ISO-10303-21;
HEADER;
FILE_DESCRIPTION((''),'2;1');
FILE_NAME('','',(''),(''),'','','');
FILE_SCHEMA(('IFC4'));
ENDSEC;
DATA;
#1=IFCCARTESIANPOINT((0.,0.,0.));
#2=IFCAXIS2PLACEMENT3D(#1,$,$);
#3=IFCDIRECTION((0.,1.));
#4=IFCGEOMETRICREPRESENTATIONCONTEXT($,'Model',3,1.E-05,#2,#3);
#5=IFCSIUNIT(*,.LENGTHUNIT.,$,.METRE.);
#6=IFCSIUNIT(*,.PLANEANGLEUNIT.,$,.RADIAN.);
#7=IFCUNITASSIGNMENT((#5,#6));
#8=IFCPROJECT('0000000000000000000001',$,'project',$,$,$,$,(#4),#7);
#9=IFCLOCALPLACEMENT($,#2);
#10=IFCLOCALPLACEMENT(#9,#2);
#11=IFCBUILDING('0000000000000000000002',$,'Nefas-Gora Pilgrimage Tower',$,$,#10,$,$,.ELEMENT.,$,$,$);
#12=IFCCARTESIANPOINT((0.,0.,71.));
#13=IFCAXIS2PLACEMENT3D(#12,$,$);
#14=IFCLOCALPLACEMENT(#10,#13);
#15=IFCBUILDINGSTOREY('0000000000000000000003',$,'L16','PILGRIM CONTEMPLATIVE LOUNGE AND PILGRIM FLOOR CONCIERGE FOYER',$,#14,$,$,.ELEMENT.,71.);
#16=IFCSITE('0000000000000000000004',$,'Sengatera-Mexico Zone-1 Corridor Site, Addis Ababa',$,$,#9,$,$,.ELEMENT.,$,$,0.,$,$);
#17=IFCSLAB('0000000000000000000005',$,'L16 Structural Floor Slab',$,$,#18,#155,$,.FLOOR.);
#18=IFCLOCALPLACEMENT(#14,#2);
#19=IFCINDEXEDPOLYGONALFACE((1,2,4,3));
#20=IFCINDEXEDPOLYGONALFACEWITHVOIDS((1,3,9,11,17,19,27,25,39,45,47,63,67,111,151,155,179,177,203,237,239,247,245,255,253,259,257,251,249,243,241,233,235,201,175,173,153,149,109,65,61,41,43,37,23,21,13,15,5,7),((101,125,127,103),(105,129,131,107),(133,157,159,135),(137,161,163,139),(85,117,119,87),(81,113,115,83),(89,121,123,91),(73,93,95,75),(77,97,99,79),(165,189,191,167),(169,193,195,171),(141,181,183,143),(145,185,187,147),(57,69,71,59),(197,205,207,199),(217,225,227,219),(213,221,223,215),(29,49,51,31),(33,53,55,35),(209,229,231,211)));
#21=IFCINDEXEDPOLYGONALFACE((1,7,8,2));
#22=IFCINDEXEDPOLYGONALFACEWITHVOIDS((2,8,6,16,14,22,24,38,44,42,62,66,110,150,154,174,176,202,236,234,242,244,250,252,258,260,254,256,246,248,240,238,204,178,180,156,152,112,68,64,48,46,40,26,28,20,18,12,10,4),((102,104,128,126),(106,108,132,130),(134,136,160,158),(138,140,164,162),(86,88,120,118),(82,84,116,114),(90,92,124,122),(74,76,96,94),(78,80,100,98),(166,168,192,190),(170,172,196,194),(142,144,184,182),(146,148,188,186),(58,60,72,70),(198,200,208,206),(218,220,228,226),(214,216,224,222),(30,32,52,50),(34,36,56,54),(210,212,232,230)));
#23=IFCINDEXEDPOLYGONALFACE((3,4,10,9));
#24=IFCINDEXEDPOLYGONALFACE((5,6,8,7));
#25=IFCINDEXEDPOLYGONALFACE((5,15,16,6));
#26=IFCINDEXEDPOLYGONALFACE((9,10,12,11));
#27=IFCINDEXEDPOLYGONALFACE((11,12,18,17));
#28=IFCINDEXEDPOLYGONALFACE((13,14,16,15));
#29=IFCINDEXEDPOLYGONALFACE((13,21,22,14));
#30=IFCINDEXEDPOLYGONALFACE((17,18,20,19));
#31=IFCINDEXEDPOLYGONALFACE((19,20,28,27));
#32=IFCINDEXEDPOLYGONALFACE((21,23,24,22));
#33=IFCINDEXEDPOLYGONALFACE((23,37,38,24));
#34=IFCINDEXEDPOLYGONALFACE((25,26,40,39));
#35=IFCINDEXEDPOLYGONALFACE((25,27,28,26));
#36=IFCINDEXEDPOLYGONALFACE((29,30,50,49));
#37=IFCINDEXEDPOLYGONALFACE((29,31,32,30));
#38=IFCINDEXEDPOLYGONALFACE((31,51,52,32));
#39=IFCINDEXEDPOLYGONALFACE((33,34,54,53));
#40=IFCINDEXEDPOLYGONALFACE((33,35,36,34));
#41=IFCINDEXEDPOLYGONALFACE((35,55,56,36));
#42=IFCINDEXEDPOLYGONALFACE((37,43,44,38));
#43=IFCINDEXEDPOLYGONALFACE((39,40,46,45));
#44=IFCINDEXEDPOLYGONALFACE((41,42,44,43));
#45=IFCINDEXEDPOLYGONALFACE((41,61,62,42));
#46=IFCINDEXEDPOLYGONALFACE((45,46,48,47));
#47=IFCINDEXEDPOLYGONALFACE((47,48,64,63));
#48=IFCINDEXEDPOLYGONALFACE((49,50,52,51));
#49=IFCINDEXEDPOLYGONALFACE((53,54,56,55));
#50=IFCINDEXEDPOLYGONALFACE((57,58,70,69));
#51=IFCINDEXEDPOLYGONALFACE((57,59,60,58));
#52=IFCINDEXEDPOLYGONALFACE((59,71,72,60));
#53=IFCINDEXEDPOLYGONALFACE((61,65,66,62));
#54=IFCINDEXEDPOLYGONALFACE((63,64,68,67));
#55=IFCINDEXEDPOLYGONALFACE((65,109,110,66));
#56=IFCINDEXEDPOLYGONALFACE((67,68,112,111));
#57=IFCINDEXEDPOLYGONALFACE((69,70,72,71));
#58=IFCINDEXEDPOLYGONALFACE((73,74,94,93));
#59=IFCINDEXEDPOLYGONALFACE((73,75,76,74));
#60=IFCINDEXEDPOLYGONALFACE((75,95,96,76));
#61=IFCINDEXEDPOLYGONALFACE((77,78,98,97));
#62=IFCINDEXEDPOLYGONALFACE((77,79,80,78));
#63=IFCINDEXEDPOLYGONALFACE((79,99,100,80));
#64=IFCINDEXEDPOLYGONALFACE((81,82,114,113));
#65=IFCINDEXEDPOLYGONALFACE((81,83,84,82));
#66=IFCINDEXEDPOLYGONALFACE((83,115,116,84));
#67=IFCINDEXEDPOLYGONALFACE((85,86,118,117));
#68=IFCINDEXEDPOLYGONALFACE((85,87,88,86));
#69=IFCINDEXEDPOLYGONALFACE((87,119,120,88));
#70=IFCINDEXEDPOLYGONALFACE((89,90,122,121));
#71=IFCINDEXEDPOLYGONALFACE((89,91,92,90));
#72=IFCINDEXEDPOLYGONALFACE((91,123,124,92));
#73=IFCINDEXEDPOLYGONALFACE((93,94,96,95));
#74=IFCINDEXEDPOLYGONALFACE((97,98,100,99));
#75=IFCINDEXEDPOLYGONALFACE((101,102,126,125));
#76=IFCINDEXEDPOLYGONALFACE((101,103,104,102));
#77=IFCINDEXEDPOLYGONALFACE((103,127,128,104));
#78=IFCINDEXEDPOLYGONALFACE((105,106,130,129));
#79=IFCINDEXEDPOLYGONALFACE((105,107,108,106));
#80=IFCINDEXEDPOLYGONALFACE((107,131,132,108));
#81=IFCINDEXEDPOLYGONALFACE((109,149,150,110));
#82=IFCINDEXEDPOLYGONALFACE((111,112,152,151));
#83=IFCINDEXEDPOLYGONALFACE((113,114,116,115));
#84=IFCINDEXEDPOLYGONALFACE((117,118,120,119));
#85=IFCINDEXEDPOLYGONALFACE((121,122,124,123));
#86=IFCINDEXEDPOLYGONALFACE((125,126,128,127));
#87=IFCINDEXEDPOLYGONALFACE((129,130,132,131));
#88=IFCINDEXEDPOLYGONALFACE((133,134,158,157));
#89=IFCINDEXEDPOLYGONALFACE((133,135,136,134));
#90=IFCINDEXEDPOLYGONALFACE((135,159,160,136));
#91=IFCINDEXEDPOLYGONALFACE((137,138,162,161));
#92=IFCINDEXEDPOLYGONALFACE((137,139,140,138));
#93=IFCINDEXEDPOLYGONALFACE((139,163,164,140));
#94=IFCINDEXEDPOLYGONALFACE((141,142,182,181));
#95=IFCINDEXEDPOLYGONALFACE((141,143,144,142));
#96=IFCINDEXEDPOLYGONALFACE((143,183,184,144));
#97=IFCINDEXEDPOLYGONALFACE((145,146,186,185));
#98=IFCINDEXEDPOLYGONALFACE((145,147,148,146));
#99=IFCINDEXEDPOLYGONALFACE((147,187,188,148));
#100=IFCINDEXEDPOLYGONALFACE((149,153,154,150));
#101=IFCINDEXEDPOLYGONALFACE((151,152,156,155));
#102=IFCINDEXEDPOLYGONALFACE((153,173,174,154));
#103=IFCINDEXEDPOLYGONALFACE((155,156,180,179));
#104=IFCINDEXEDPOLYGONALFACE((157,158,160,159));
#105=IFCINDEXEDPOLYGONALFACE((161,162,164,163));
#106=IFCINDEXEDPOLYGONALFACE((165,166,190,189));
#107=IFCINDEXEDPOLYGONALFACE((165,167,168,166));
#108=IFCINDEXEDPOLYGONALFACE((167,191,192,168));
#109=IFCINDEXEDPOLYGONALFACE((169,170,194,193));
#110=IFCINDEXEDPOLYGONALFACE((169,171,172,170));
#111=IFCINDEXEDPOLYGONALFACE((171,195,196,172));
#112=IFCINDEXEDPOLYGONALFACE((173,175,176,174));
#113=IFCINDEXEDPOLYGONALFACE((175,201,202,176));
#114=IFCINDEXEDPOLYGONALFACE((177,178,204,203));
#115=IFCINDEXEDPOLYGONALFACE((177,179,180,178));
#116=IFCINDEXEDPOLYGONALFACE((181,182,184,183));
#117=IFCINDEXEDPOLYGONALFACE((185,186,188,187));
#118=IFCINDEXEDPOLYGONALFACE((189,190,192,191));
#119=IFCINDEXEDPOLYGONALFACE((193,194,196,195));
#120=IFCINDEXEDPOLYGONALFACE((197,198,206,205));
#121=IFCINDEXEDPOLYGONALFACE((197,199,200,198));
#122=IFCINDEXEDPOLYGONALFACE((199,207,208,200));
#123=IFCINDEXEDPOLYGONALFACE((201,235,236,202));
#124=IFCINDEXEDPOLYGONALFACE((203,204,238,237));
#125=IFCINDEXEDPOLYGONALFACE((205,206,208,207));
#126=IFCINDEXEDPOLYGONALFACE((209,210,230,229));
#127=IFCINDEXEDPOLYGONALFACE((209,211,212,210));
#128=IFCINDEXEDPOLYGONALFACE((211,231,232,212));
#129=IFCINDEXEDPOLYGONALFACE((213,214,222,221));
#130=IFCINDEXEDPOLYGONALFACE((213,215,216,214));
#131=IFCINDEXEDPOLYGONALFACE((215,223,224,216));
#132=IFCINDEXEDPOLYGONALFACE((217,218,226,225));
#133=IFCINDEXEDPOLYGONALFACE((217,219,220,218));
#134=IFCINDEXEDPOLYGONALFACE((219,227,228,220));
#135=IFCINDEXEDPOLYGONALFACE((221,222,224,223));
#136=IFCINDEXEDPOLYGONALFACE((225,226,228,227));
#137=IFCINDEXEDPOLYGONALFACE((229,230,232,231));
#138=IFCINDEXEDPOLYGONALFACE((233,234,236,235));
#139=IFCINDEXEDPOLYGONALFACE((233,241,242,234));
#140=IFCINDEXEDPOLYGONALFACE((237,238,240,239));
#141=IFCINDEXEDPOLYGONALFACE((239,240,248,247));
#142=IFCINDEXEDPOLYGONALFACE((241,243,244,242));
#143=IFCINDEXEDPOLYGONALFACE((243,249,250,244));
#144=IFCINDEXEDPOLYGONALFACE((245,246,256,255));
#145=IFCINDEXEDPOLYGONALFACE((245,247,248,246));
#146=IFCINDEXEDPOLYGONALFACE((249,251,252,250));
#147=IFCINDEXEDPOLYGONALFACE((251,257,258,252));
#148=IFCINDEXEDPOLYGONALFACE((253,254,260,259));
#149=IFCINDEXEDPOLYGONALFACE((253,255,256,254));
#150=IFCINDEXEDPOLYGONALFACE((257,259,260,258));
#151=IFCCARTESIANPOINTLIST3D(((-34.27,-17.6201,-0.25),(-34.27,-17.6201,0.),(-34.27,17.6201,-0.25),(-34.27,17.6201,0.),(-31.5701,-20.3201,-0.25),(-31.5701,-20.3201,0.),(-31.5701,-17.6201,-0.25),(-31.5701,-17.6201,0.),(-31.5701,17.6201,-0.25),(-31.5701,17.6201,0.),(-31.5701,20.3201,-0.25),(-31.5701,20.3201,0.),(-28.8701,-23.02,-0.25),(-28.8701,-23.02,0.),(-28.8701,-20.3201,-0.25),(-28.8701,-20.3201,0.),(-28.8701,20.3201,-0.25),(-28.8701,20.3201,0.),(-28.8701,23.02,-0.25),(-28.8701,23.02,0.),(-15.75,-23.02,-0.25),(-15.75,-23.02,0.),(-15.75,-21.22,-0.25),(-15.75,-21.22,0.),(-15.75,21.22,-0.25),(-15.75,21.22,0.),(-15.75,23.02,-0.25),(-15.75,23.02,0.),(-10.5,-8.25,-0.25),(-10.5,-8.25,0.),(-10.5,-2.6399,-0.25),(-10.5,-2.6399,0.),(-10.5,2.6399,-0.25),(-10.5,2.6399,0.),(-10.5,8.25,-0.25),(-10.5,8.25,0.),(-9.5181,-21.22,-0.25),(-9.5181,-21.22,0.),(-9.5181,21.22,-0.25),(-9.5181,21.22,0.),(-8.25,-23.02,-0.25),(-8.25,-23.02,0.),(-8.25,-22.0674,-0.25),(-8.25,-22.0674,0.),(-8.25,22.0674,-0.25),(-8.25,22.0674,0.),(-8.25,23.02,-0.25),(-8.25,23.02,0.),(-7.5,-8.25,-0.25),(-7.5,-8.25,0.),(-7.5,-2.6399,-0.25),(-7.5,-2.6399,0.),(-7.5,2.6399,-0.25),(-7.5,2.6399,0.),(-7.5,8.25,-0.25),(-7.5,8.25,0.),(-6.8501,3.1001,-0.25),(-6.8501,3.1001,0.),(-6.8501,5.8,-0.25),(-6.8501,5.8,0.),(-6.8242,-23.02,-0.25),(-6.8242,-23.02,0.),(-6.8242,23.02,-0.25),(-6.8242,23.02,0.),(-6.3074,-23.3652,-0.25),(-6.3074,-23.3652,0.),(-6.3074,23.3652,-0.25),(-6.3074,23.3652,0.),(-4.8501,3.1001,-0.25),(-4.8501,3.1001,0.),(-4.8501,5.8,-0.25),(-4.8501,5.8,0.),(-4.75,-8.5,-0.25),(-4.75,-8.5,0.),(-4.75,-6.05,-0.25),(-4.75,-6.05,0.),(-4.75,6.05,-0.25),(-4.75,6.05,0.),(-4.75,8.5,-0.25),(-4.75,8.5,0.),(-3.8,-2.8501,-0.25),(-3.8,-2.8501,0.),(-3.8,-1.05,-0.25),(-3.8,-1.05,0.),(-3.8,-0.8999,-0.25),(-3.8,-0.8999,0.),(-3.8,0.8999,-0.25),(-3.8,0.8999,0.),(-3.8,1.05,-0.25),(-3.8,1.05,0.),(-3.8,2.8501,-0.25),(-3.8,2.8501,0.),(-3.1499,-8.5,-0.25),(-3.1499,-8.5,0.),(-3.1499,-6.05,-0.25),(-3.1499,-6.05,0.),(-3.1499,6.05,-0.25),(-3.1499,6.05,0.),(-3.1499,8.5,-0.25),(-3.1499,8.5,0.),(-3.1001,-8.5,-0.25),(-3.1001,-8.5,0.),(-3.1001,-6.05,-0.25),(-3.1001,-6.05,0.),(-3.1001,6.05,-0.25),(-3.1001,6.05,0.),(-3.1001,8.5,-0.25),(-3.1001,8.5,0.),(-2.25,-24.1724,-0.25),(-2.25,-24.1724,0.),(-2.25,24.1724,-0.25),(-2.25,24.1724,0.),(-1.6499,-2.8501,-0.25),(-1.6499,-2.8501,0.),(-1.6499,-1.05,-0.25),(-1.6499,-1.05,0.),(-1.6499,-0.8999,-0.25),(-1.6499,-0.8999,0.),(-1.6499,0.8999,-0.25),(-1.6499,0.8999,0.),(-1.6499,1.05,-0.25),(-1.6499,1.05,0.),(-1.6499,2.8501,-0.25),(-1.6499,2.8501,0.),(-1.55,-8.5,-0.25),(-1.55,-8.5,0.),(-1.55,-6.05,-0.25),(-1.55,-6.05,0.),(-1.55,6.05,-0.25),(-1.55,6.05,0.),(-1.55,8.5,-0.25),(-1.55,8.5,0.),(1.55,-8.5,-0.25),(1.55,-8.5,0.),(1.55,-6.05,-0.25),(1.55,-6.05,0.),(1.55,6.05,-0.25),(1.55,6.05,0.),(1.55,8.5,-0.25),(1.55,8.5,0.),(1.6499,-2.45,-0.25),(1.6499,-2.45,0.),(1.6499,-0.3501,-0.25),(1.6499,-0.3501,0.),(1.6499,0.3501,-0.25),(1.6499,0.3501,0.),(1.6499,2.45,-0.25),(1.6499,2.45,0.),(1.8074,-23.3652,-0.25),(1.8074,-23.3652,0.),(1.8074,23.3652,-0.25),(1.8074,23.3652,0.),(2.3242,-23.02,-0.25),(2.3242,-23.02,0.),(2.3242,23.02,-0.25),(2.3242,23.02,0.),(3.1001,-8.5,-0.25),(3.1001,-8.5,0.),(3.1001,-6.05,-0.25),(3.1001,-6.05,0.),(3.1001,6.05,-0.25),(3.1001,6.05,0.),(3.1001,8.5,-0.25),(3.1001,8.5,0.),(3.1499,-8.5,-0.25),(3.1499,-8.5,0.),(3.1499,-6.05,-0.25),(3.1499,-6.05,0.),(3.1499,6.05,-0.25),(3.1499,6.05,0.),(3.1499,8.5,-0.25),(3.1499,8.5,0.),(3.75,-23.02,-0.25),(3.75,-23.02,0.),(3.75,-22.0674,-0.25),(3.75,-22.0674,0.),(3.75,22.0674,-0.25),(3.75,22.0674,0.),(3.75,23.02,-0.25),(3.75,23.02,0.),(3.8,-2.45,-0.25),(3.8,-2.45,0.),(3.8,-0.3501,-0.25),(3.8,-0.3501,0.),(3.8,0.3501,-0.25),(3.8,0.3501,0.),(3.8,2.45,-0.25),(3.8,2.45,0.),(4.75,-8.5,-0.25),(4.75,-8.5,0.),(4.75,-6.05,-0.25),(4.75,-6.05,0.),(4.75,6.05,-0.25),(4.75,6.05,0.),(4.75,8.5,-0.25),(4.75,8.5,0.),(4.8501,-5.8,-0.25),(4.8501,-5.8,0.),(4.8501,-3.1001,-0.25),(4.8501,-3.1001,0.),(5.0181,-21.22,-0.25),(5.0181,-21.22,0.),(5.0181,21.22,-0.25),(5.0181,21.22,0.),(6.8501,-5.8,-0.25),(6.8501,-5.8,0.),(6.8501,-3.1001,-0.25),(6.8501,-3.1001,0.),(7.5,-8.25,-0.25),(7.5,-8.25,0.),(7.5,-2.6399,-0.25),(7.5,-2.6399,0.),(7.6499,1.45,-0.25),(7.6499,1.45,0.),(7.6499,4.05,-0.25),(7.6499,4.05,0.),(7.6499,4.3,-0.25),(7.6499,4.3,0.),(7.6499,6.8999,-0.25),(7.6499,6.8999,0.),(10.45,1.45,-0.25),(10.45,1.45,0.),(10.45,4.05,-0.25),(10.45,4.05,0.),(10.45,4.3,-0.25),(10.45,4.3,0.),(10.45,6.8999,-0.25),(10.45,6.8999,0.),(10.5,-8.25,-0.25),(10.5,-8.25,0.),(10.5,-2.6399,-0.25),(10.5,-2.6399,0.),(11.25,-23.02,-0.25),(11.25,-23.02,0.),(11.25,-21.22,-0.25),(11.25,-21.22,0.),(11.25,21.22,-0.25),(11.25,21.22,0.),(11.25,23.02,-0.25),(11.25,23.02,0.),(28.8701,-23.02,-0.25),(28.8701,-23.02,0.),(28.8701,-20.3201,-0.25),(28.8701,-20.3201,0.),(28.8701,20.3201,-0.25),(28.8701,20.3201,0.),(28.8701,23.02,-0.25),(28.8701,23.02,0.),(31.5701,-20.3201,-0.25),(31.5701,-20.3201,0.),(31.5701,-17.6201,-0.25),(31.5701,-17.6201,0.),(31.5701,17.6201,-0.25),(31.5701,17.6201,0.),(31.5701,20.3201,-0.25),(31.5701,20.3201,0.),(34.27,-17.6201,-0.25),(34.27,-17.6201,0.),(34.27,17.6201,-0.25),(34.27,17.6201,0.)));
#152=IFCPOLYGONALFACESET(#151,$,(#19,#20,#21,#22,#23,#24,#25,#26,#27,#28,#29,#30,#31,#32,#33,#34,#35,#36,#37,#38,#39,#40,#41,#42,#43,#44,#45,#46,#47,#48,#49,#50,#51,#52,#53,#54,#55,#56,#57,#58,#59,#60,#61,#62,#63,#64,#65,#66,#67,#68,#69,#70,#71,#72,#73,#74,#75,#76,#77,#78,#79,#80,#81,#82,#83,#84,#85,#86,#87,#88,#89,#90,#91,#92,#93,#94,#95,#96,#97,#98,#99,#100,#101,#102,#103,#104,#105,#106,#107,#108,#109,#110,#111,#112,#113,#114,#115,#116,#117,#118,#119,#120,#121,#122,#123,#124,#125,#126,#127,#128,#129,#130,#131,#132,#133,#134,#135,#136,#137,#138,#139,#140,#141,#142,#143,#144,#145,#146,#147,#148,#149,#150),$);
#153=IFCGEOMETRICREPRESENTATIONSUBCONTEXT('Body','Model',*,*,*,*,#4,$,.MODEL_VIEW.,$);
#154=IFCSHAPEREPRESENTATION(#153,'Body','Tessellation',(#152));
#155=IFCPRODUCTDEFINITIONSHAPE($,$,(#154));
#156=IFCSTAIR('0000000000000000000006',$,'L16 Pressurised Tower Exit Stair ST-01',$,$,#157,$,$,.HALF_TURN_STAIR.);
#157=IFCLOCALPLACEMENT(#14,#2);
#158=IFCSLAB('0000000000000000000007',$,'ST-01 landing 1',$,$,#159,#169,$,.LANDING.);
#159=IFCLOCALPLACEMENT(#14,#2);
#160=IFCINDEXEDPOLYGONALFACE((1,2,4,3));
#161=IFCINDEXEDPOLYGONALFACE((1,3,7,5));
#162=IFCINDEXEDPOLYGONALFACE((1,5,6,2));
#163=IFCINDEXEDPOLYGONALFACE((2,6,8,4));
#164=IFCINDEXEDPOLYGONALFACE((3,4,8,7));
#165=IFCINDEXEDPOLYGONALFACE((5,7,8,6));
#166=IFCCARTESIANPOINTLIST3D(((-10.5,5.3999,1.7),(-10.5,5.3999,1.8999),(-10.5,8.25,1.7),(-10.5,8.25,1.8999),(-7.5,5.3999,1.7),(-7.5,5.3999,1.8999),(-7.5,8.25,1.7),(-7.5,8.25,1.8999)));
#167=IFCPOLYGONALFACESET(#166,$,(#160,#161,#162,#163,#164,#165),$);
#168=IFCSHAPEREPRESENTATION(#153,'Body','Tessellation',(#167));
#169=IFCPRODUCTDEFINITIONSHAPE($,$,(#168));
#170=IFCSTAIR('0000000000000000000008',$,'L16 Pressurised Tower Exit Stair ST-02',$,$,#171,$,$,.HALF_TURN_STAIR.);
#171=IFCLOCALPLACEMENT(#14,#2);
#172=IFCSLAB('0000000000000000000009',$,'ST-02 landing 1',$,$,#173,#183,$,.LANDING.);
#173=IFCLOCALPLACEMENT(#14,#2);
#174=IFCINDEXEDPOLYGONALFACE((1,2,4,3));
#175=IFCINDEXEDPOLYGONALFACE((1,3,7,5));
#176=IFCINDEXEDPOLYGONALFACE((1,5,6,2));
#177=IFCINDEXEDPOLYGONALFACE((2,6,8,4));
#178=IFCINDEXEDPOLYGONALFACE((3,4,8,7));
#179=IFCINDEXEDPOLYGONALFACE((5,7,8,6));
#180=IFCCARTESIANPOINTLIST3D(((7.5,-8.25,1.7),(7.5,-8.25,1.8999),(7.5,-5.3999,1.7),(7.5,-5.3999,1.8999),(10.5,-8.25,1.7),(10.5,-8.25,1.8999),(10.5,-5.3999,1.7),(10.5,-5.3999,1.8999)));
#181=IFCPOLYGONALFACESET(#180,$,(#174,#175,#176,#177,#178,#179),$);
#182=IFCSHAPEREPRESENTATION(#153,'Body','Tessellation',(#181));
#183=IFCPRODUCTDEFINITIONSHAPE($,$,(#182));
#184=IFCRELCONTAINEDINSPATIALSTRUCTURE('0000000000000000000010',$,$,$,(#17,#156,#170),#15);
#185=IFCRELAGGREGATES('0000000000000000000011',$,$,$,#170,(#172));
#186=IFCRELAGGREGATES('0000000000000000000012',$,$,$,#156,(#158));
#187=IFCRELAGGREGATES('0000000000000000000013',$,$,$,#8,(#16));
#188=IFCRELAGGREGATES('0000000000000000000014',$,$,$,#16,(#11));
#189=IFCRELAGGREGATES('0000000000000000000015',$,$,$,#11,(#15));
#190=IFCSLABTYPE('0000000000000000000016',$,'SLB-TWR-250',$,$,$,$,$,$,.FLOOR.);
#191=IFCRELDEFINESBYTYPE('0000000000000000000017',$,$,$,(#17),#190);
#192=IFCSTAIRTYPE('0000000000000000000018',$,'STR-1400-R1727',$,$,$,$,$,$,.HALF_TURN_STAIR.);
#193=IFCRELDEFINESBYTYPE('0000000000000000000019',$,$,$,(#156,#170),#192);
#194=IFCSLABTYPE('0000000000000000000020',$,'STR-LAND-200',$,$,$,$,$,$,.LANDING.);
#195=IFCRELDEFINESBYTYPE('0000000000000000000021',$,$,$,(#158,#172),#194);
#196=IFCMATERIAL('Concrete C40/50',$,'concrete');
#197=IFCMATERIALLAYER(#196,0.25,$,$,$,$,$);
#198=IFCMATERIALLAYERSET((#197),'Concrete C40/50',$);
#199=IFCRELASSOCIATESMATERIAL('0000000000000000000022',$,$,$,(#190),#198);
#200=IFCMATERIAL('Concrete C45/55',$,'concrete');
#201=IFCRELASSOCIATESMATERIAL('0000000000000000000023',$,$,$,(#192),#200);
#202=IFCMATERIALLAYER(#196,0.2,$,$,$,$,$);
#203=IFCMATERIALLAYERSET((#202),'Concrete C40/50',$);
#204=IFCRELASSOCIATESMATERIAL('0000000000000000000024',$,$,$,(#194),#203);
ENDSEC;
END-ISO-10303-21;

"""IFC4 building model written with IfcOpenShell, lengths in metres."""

from ifc_helpers import new_model, si_unit, direction, frame, origin, place, context, subcontext, project, spatial, polyline, outline, extrude, material, layer, layer_set, type_object, element, aggregate, save


model = new_model("IFC4")

# Units and contexts
model_context = context("Model", 3, precision=1e-05, world=origin(), true_north=direction((0.0, 1.0)))
body_context = subcontext(model_context, "Body", "Model", "MODEL_VIEW")
ifc_project = project(units=[si_unit("LENGTHUNIT", "METRE"), si_unit("PLANEANGLEUNIT", "RADIAN")], contexts=[model_context])

# Site, building, storey
site_placement = place(None, origin())
site = spatial("IfcSite", under=ifc_project, at=site_placement, Name="Sengatera-Mexico Zone-1 Corridor Site, Addis Ababa", CompositionType="ELEMENT", RefElevation=0.0)
building_placement = place(site_placement, origin())
building = spatial("IfcBuilding", under=site, at=building_placement, Name="Nefas-Gora Pilgrimage Tower", CompositionType="ELEMENT")
storey_placement = place(building_placement, frame((0.0, 0.0, 71.0)))
storey = spatial("IfcBuildingStorey", under=building, at=storey_placement, Name="L16", Description="PILGRIM CONTEMPLATIVE LOUNGE AND PILGRIM FLOOR CONCIERGE FOYER", CompositionType="ELEMENT", Elevation=71.0)

# Slab
ifc_material_1 = material(Name="Concrete C40/50", Category="concrete")
ifc_layer_1 = layer(ifc_material_1, 0.25)
ifc_layer_set_1 = layer_set([ifc_layer_1], Name="Concrete C40/50")
slab_type_1 = type_object("IfcSlabType", Name="SLB-TWR-250", PredefinedType="FLOOR", material=ifc_layer_set_1)
slab_1_placement = place(storey_placement, frame((0.0, 0.0, -0.25)))
element("IfcSlab", 1, at=slab_1_placement, inside=storey, type_object=slab_type_1, Name="L16 Structural Floor Slab", PredefinedType="FLOOR", context=body_context, shape_type="SweptSolid", body=[
    extrude(outline(polyline([(5.0181, -21.22), (11.25, -21.22), (11.25, -23.02), (28.8701, -23.02), (28.8701, -20.3201), (31.5701, -20.3201), (31.5701, -17.6201), (34.27, -17.6201), (34.27, 17.6201), (31.5701, 17.6201), (31.5701, 20.3201), (28.8701, 20.3201), (28.8701, 23.02), (11.25, 23.02), (11.25, 21.22), (5.0181, 21.22), (3.75, 22.0674), (3.75, 23.02), (2.3242, 23.02), (1.8074, 23.3652), (-2.25, 24.1724), (-6.3074, 23.3652), (-6.8242, 23.02), (-8.25, 23.02), (-8.25, 22.0674), (-9.5181, 21.22), (-15.75, 21.22), (-15.75, 23.02), (-28.8701, 23.02), (-28.8701, 20.3201), (-31.5701, 20.3201), (-31.5701, 17.6201), (-34.27, 17.6201), (-34.27, -17.6201), (-31.5701, -17.6201), (-31.5701, -20.3201), (-28.8701, -20.3201), (-28.8701, -23.02), (-15.75, -23.02), (-15.75, -21.22), (-9.5181, -21.22), (-8.25, -22.0674), (-8.25, -23.02), (-6.8242, -23.02), (-6.3074, -23.3652), (-2.25, -24.1724), (1.8074, -23.3652), (2.3242, -23.02), (3.75, -23.02), (3.75, -22.0674), (5.0181, -21.22)]), holes=[polyline([(-10.5, 2.6399), (-10.5, 8.25), (-7.5, 8.25), (-7.5, 2.6399), (-10.5, 2.6399)]), polyline([(10.5, -2.6399), (10.5, -8.25), (7.5, -8.25), (7.5, -2.6399), (10.5, -2.6399)]), polyline([(-7.5, -2.6399), (-7.5, -8.25), (-10.5, -8.25), (-10.5, -2.6399), (-7.5, -2.6399)]), polyline([(-6.8501, 5.8), (-4.8501, 5.8), (-4.8501, 3.1001), (-6.8501, 3.1001), (-6.8501, 5.8)]), polyline([(4.8501, -3.1001), (6.8501, -3.1001), (6.8501, -5.8), (4.8501, -5.8), (4.8501, -3.1001)]), polyline([(7.6499, 4.05), (10.45, 4.05), (10.45, 1.45), (7.6499, 1.45), (7.6499, 4.05)]), polyline([(7.6499, 6.8999), (10.45, 6.8999), (10.45, 4.3), (7.6499, 4.3), (7.6499, 6.8999)]), polyline([(-4.75, 8.5), (-3.1499, 8.5), (-3.1499, 6.05), (-4.75, 6.05), (-4.75, 8.5)]), polyline([(-3.1001, 8.5), (-1.55, 8.5), (-1.55, 6.05), (-3.1001, 6.05), (-3.1001, 8.5)]), polyline([(1.55, 8.5), (3.1001, 8.5), (3.1001, 6.05), (1.55, 6.05), (1.55, 8.5)]), polyline([(3.1499, 8.5), (4.75, 8.5), (4.75, 6.05), (3.1499, 6.05), (3.1499, 8.5)]), polyline([(-4.75, -6.05), (-3.1499, -6.05), (-3.1499, -8.5), (-4.75, -8.5), (-4.75, -6.05)]), polyline([(-3.1001, -6.05), (-1.55, -6.05), (-1.55, -8.5), (-3.1001, -8.5), (-3.1001, -6.05)]), polyline([(1.55, -6.05), (3.1001, -6.05), (3.1001, -8.5), (1.55, -8.5), (1.55, -6.05)]), polyline([(3.1499, -6.05), (4.75, -6.05), (4.75, -8.5), (3.1499, -8.5), (3.1499, -6.05)]), polyline([(-3.8, -1.05), (-1.6499, -1.05), (-1.6499, -2.8501), (-3.8, -2.8501), (-3.8, -1.05)]), polyline([(-3.8, 0.8999), (-1.6499, 0.8999), (-1.6499, -0.8999), (-3.8, -0.8999), (-3.8, 0.8999)]), polyline([(-3.8, 2.8501), (-1.6499, 2.8501), (-1.6499, 1.05), (-3.8, 1.05), (-3.8, 2.8501)]), polyline([(1.6499, -0.3501), (3.8, -0.3501), (3.8, -2.45), (1.6499, -2.45), (1.6499, -0.3501)]), polyline([(1.6499, 2.45), (3.8, 2.45), (3.8, 0.3501), (1.6499, 0.3501), (1.6499, 2.45)])]), origin(), (0.0, 0.0, 1.0), 0.25),
])

# Stairs, slabs
ifc_material_2 = material(Name="Concrete C45/55", Category="concrete")
stair_type = type_object("IfcStairType", Name="STR-1400-R1727", PredefinedType="HALF_TURN_STAIR", material=ifc_material_2)
stair_1_placement = place(storey_placement, origin())
stair_1 = element("IfcStair", 2, at=stair_1_placement, inside=storey, type_object=stair_type, Name="L16 Pressurised Tower Exit Stair ST-01", PredefinedType="HALF_TURN_STAIR")
ifc_layer_2 = layer(ifc_material_1, 0.2)
ifc_layer_set_2 = layer_set([ifc_layer_2], Name="Concrete C40/50")
slab_type_2 = type_object("IfcSlabType", Name="STR-LAND-200", PredefinedType="LANDING", material=ifc_layer_set_2)
slab_2_placement = place(storey_placement, frame((0.0, 0.0, 1.7)))
slab_2 = element("IfcSlab", 3, at=slab_2_placement, type_object=slab_type_2, Name="ST-01 landing 1", PredefinedType="LANDING", context=body_context, shape_type="SweptSolid", body=[
    extrude(outline(polyline([(-7.5, 5.3999), (-7.5, 8.25), (-10.5, 8.25), (-10.5, 5.3999), (-7.5, 5.3999)])), origin(), (0.0, 0.0, 1.0), 0.2),
])
stair_2_placement = place(storey_placement, origin())
stair_2 = element("IfcStair", 4, at=stair_2_placement, inside=storey, type_object=stair_type, Name="L16 Pressurised Tower Exit Stair ST-02", PredefinedType="HALF_TURN_STAIR")
slab_3_placement = place(storey_placement, frame((0.0, 0.0, 1.7)))
slab_3 = element("IfcSlab", 5, at=slab_3_placement, type_object=slab_type_2, Name="ST-02 landing 1", PredefinedType="LANDING", context=body_context, shape_type="SweptSolid", body=[
    extrude(outline(polyline([(7.5, -5.3999), (7.5, -8.25), (10.5, -8.25), (10.5, -5.3999), (7.5, -5.3999)])), origin(), (0.0, 0.0, 1.0), 0.2),
])
aggregate(stair_2, [slab_3])

aggregate(stair_1, [slab_2])

save(model, "model.ifc")
